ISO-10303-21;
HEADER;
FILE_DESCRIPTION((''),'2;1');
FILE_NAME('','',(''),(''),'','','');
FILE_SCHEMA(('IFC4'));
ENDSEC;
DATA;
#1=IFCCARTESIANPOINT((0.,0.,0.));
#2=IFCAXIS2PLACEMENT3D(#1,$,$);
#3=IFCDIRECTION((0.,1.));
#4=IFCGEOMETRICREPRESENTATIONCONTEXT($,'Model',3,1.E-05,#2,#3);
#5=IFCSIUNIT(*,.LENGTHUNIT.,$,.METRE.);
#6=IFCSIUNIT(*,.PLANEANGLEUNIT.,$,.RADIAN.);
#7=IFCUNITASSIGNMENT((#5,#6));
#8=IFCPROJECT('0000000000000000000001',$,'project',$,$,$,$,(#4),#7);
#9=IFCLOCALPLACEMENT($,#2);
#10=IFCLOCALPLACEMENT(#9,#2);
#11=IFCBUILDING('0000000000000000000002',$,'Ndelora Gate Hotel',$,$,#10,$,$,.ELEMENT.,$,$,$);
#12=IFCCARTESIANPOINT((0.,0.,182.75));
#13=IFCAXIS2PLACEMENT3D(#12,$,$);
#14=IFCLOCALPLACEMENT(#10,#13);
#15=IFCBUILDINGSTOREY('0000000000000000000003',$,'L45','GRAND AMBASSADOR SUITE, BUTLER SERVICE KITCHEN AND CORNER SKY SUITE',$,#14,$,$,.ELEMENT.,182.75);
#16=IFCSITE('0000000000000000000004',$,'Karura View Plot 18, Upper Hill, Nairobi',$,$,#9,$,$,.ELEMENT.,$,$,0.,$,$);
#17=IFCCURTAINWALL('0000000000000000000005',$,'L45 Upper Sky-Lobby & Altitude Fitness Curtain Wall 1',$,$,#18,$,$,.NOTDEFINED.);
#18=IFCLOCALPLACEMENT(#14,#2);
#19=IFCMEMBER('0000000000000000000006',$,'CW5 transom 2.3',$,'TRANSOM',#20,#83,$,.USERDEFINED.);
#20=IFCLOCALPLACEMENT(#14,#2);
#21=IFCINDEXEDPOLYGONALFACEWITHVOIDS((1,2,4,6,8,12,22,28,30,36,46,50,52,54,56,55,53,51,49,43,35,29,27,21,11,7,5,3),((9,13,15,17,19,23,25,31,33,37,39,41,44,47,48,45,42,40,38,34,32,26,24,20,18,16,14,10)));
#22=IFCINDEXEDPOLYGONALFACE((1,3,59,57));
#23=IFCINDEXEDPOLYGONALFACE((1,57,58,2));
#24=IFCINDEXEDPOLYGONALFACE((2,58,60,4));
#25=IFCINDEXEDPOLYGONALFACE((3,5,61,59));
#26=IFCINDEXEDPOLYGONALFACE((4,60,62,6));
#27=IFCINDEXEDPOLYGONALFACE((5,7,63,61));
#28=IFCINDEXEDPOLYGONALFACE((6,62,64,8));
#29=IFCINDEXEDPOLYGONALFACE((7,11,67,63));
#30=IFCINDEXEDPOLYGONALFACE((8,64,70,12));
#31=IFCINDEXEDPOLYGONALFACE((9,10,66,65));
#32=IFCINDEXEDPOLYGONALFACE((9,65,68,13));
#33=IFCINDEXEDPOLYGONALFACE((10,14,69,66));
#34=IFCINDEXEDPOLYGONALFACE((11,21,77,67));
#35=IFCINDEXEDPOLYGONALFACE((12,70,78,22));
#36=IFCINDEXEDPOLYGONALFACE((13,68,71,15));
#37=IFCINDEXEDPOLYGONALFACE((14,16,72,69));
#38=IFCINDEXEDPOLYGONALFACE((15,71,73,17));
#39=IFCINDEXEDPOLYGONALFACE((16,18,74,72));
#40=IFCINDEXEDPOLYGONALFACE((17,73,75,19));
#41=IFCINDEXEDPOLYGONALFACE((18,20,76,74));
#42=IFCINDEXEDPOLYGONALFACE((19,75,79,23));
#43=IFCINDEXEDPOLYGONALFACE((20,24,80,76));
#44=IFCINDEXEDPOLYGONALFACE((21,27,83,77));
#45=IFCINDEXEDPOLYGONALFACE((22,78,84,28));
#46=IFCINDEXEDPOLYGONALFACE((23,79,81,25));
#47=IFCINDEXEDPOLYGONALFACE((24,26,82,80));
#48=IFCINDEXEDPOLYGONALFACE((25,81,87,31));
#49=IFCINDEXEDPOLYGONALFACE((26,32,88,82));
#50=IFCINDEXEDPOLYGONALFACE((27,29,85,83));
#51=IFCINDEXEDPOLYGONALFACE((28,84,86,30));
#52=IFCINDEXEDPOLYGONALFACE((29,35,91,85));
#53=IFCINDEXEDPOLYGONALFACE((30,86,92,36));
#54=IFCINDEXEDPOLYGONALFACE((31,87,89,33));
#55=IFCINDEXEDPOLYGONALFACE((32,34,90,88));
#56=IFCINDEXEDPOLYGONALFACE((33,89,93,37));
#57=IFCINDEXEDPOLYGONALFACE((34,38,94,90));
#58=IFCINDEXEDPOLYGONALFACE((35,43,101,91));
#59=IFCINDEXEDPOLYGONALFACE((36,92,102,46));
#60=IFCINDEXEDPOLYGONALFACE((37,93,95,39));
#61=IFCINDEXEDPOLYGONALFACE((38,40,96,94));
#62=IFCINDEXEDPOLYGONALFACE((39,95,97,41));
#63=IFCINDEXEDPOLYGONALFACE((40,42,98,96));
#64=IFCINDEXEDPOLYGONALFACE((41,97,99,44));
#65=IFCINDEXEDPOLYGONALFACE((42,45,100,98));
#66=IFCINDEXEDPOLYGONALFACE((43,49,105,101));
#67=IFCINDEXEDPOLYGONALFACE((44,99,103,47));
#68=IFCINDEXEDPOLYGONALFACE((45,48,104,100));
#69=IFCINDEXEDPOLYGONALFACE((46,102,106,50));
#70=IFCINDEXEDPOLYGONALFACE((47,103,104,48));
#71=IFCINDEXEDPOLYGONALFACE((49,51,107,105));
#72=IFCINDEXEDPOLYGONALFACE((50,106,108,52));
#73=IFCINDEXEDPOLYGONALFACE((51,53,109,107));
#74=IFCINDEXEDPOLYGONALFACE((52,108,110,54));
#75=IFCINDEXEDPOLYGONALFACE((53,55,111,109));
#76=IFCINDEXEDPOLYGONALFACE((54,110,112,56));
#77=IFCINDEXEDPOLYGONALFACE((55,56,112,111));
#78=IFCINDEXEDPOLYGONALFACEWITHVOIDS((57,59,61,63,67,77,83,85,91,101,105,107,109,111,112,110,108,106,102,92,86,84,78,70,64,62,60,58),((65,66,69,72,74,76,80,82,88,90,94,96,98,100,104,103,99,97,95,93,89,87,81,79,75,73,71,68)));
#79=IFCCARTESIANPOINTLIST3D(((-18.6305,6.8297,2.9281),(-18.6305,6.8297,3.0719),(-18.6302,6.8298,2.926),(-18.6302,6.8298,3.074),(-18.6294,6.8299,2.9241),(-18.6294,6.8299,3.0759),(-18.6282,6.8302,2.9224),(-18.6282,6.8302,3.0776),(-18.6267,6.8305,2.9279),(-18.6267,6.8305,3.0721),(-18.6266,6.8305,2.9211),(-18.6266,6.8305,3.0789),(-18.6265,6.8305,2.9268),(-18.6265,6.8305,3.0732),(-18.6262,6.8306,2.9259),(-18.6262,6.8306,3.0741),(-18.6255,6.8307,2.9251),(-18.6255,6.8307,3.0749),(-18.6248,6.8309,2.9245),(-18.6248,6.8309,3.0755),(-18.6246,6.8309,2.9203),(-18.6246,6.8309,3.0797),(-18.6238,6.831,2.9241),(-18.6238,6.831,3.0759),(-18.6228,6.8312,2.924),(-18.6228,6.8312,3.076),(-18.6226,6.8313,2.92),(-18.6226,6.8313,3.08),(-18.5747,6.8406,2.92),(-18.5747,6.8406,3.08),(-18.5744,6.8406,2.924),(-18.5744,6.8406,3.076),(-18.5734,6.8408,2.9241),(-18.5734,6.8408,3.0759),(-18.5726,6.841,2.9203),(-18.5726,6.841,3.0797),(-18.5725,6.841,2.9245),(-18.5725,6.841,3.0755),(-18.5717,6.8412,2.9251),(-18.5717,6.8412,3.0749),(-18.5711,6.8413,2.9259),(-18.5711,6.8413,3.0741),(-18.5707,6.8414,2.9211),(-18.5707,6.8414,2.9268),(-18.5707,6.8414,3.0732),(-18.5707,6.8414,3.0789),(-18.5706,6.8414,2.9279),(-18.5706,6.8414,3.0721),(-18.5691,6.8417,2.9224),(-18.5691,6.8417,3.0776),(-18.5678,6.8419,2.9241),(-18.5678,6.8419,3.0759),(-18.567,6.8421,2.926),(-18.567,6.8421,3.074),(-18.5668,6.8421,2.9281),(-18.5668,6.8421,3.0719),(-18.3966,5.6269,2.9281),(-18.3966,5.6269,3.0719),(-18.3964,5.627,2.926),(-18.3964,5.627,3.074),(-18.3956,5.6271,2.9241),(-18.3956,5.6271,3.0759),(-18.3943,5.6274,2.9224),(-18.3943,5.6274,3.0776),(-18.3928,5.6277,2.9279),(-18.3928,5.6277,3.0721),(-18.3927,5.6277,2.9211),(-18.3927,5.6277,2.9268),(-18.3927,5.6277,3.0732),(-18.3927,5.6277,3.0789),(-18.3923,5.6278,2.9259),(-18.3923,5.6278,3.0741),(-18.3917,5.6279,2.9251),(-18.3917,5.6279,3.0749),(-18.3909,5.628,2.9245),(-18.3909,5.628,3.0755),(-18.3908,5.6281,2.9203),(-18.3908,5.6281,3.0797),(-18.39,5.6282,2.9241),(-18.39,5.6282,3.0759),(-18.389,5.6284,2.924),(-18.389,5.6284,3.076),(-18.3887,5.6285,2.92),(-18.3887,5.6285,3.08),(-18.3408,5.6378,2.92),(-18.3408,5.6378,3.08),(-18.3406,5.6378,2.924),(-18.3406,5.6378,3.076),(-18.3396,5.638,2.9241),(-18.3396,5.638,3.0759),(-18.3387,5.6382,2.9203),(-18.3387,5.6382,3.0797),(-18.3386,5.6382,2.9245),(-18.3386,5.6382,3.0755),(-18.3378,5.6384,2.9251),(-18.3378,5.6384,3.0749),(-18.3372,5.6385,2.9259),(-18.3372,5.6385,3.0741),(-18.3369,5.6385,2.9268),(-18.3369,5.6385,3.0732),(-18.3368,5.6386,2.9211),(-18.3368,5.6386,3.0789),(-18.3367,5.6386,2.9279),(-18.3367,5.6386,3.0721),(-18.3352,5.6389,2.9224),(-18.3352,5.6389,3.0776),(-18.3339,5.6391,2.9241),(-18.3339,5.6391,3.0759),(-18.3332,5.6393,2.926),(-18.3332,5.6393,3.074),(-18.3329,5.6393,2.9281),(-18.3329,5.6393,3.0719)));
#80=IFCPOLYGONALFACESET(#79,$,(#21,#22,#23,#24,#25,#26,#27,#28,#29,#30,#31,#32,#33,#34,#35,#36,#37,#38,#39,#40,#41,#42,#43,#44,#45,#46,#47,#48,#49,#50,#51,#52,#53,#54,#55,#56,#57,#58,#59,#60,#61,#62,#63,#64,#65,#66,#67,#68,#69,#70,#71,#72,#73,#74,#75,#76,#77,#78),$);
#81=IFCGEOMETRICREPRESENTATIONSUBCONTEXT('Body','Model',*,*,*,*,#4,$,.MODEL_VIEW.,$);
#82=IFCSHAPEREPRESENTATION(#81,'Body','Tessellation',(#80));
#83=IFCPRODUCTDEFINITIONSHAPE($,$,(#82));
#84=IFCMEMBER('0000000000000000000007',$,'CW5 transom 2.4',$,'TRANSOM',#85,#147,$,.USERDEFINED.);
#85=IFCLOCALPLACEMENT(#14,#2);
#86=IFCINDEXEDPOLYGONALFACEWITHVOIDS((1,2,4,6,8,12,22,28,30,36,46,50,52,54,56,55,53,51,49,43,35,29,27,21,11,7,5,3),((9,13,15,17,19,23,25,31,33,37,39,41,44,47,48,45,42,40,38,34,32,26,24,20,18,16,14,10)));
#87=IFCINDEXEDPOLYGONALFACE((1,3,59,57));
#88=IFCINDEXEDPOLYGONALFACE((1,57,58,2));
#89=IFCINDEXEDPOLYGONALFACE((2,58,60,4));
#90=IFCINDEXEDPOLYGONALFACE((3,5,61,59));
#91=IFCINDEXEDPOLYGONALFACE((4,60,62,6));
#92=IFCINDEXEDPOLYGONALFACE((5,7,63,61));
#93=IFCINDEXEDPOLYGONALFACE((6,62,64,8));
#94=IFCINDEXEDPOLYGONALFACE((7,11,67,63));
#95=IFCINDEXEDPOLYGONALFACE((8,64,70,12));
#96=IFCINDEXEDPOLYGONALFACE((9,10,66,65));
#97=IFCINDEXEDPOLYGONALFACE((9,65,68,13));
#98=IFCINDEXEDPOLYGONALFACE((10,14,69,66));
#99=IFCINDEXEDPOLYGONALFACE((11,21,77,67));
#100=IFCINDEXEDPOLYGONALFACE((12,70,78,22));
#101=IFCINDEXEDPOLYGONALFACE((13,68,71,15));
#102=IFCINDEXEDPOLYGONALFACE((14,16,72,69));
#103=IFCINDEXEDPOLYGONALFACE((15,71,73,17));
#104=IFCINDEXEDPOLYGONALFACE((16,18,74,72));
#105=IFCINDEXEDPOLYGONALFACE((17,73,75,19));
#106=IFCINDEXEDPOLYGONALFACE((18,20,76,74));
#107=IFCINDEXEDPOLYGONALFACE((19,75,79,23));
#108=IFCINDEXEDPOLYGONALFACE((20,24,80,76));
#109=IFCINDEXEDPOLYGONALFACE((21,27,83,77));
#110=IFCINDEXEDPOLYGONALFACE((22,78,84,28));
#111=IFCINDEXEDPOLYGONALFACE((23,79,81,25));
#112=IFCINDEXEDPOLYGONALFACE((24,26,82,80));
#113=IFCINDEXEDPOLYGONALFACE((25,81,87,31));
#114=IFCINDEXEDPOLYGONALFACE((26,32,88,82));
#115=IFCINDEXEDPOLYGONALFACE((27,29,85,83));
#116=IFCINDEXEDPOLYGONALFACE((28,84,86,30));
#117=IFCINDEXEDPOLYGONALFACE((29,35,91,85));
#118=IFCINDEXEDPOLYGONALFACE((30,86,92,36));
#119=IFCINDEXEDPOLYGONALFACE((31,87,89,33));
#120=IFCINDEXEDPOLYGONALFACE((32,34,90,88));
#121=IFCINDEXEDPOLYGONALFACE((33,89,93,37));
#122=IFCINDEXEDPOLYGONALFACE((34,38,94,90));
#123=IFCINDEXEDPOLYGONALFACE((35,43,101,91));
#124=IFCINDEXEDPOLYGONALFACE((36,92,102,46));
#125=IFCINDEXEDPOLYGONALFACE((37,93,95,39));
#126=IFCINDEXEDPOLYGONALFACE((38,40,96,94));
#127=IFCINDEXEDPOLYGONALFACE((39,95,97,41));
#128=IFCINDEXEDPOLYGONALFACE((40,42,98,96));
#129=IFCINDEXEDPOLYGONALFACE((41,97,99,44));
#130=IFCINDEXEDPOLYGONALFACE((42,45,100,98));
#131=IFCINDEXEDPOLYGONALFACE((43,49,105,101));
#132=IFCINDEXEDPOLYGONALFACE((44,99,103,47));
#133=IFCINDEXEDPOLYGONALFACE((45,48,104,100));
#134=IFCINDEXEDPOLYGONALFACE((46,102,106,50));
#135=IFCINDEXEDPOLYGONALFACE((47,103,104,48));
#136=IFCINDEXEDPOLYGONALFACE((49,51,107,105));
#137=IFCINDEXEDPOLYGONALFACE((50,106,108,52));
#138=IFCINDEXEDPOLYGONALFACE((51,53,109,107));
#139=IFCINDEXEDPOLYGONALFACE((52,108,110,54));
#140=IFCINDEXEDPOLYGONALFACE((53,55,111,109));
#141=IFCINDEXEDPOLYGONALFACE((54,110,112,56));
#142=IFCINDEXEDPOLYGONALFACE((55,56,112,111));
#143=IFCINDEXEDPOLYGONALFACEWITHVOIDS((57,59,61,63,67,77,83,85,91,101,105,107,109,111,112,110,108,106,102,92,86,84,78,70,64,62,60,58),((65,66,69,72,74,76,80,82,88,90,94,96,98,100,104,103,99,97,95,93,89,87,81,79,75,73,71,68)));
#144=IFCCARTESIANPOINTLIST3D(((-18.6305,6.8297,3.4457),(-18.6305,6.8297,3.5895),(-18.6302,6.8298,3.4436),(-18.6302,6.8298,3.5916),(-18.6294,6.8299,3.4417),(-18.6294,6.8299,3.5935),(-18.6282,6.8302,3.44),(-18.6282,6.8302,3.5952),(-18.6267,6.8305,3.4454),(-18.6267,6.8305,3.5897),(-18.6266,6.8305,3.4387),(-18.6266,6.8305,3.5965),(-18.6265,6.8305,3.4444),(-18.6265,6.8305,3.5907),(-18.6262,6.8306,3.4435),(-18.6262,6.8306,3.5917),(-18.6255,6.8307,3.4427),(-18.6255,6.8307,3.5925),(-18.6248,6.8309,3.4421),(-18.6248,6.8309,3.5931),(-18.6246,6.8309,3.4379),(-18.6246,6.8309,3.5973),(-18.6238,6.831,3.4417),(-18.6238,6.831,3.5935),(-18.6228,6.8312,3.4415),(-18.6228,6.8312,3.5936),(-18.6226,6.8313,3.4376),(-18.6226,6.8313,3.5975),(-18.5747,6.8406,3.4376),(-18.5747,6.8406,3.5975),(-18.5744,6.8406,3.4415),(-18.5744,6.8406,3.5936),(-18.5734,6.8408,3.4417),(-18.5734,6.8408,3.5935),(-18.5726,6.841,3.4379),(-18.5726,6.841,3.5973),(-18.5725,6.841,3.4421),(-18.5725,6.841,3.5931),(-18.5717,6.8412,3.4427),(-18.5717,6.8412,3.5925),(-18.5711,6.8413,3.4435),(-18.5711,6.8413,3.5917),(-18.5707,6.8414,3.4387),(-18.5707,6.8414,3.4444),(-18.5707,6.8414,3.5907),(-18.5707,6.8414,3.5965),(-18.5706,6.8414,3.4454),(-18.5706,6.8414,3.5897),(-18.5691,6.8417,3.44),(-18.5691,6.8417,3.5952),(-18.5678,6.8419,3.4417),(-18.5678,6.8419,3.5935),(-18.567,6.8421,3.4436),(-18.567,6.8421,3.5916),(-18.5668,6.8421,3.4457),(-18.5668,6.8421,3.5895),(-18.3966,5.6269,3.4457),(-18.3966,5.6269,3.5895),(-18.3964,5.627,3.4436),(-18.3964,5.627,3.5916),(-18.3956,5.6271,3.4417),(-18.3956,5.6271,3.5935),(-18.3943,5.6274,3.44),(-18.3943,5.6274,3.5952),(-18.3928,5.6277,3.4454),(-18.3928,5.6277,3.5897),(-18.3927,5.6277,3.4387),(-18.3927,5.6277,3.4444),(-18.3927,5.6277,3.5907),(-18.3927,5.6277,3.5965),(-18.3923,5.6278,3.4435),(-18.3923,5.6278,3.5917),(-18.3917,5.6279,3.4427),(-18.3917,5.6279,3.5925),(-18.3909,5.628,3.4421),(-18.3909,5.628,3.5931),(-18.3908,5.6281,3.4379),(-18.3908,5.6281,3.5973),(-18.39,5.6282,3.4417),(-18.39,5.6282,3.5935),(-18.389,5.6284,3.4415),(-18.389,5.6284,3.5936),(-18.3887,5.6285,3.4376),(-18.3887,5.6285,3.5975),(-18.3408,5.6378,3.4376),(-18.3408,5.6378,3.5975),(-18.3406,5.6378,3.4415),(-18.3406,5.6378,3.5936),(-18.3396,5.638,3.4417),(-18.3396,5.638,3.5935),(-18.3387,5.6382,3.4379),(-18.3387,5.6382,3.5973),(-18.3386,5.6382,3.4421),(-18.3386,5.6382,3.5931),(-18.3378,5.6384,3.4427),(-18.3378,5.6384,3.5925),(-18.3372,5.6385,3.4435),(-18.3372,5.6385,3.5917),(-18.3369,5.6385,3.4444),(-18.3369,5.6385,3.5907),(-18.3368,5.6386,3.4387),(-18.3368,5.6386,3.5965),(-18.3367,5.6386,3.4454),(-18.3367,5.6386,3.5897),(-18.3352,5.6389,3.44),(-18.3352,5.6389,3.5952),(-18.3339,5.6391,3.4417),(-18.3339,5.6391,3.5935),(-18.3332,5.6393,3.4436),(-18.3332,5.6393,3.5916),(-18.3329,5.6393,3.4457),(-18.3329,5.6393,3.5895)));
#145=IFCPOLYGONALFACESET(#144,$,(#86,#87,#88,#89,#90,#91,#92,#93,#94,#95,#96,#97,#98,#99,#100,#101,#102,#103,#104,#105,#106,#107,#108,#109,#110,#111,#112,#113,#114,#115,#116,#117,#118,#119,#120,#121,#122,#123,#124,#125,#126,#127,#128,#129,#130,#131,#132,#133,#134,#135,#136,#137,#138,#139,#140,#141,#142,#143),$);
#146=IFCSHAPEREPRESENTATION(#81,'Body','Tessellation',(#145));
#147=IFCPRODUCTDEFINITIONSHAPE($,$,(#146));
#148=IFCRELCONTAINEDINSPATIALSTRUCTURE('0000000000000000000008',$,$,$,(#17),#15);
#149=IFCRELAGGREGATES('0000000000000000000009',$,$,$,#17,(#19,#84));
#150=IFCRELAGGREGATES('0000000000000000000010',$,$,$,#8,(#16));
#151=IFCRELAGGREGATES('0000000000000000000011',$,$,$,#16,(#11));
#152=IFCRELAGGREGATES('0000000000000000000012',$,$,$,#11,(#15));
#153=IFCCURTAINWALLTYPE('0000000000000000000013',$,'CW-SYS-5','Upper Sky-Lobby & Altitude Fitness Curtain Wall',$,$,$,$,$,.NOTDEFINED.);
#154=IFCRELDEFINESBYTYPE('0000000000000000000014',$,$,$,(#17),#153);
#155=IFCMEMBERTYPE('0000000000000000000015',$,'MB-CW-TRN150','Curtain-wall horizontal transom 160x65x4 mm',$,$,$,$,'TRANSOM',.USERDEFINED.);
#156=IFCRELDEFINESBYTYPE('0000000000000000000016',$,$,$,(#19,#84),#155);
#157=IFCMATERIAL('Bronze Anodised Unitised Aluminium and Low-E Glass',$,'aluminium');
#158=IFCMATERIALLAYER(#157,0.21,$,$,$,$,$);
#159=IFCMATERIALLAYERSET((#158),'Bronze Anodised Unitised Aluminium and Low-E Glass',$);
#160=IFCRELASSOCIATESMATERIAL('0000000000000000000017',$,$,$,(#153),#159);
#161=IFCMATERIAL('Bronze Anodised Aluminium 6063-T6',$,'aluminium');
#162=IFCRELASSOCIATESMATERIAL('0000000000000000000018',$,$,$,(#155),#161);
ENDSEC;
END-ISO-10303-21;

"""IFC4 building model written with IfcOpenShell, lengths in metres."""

from ifc_helpers import new_model, si_unit, direction, frame, origin, origin_2d, place, context, subcontext, project, spatial, hollow_rectangle, extrude, material, layer, layer_set, material_profile, profile_set, type_object, element, aggregate, save


model = new_model("IFC4")

# Units and contexts
model_context = context("Model", 3, precision=1e-05, world=origin(), true_north=direction((0.0, 1.0)))
body_context = subcontext(model_context, "Body", "Model", "MODEL_VIEW")
ifc_project = project(units=[si_unit("LENGTHUNIT", "METRE"), si_unit("PLANEANGLEUNIT", "RADIAN")], contexts=[model_context])

# Site, building, storey
site_placement = place(None, origin())
site = spatial("IfcSite", under=ifc_project, at=site_placement, Name="Karura View Plot 18, Upper Hill, Nairobi", CompositionType="ELEMENT", RefElevation=0.0)
building_placement = place(site_placement, origin())
building = spatial("IfcBuilding", under=site, at=building_placement, Name="Ndelora Gate Hotel", CompositionType="ELEMENT")
storey_placement = place(building_placement, frame((0.0, 0.0, 182.75)))
storey = spatial("IfcBuildingStorey", under=building, at=storey_placement, Name="L45", Description="GRAND AMBASSADOR SUITE, BUTLER SERVICE KITCHEN AND CORNER SKY SUITE", CompositionType="ELEMENT", Elevation=182.75)

# Curtain wall
ifc_material_1 = material(Name="Bronze Anodised Unitised Aluminium and Low-E Glass", Category="aluminium")
ifc_layer_1 = layer(ifc_material_1, 0.21)
ifc_layer_set_1 = layer_set([ifc_layer_1], Name="Bronze Anodised Unitised Aluminium and Low-E Glass")
curtain_wall_type = type_object("IfcCurtainWallType", Name="CW-SYS-5", Description="Upper Sky-Lobby & Altitude Fitness Curtain Wall", PredefinedType="NOTDEFINED", material=ifc_layer_set_1)
curtain_wall_1_placement = place(storey_placement, origin())
curtain_wall_1 = element("IfcCurtainWall", 1, at=curtain_wall_1_placement, inside=storey, type_object=curtain_wall_type, Name="L45 Upper Sky-Lobby & Altitude Fitness Curtain Wall 1", PredefinedType="NOTDEFINED")
ifc_material_2 = material(Name="Bronze Anodised Aluminium 6063-T6", Category="aluminium")

# Members
ifc_material_profile_1 = material_profile(ifc_material_2, hollow_rectangle(XDim=0.0649, YDim=0.1599, WallThickness=0.0039, InnerFilletRadius=0.0039, OuterFilletRadius=0.0081, at=origin_2d()), Name="ALU 160x65x4")
ifc_profile_set_1 = profile_set([ifc_material_profile_1], Name="Bronze Anodised Aluminium 6063-T6")
member_type_1 = type_object("IfcMemberType", Name="MB-CW-TRN150", Description="Curtain-wall horizontal transom 160x65x4 mm", ElementType="TRANSOM", PredefinedType="USERDEFINED", material=ifc_profile_set_1)
member_1_placement = place(storey_placement, frame((-18.5986, 6.8359, 3.0), z_axis=(0.190864, -0.981616, 0.0), x_axis=(0.981616, 0.190864, 0.0)))
member_1 = element("IfcMember", 2, at=member_1_placement, type_object=member_type_1, Name="CW5 transom 2.3", ObjectType="TRANSOM", PredefinedType="USERDEFINED", context=body_context, shape_type="SweptSolid", body=[
    extrude(hollow_rectangle(XDim=0.0649, YDim=0.1599, WallThickness=0.0039, InnerFilletRadius=0.0039, OuterFilletRadius=0.0081, at=origin_2d()), origin(), (0.0, 0.0, 1.0), 1.2253),
])
member_2_placement = place(storey_placement, frame((-18.5986, 6.8359, 3.5176), z_axis=(0.190864, -0.981616, 0.0), x_axis=(0.981616, 0.190864, 0.0)))
member_2 = element("IfcMember", 3, at=member_2_placement, type_object=member_type_1, Name="CW5 transom 2.4", ObjectType="TRANSOM", PredefinedType="USERDEFINED", context=body_context, shape_type="SweptSolid", body=[
    extrude(hollow_rectangle(XDim=0.0649, YDim=0.1599, WallThickness=0.0039, InnerFilletRadius=0.0039, OuterFilletRadius=0.0081, at=origin_2d()), origin(), (0.0, 0.0, 1.0), 1.2253),
])

aggregate(curtain_wall_1, [member_1, member_2])

save(model, "model.ifc")
